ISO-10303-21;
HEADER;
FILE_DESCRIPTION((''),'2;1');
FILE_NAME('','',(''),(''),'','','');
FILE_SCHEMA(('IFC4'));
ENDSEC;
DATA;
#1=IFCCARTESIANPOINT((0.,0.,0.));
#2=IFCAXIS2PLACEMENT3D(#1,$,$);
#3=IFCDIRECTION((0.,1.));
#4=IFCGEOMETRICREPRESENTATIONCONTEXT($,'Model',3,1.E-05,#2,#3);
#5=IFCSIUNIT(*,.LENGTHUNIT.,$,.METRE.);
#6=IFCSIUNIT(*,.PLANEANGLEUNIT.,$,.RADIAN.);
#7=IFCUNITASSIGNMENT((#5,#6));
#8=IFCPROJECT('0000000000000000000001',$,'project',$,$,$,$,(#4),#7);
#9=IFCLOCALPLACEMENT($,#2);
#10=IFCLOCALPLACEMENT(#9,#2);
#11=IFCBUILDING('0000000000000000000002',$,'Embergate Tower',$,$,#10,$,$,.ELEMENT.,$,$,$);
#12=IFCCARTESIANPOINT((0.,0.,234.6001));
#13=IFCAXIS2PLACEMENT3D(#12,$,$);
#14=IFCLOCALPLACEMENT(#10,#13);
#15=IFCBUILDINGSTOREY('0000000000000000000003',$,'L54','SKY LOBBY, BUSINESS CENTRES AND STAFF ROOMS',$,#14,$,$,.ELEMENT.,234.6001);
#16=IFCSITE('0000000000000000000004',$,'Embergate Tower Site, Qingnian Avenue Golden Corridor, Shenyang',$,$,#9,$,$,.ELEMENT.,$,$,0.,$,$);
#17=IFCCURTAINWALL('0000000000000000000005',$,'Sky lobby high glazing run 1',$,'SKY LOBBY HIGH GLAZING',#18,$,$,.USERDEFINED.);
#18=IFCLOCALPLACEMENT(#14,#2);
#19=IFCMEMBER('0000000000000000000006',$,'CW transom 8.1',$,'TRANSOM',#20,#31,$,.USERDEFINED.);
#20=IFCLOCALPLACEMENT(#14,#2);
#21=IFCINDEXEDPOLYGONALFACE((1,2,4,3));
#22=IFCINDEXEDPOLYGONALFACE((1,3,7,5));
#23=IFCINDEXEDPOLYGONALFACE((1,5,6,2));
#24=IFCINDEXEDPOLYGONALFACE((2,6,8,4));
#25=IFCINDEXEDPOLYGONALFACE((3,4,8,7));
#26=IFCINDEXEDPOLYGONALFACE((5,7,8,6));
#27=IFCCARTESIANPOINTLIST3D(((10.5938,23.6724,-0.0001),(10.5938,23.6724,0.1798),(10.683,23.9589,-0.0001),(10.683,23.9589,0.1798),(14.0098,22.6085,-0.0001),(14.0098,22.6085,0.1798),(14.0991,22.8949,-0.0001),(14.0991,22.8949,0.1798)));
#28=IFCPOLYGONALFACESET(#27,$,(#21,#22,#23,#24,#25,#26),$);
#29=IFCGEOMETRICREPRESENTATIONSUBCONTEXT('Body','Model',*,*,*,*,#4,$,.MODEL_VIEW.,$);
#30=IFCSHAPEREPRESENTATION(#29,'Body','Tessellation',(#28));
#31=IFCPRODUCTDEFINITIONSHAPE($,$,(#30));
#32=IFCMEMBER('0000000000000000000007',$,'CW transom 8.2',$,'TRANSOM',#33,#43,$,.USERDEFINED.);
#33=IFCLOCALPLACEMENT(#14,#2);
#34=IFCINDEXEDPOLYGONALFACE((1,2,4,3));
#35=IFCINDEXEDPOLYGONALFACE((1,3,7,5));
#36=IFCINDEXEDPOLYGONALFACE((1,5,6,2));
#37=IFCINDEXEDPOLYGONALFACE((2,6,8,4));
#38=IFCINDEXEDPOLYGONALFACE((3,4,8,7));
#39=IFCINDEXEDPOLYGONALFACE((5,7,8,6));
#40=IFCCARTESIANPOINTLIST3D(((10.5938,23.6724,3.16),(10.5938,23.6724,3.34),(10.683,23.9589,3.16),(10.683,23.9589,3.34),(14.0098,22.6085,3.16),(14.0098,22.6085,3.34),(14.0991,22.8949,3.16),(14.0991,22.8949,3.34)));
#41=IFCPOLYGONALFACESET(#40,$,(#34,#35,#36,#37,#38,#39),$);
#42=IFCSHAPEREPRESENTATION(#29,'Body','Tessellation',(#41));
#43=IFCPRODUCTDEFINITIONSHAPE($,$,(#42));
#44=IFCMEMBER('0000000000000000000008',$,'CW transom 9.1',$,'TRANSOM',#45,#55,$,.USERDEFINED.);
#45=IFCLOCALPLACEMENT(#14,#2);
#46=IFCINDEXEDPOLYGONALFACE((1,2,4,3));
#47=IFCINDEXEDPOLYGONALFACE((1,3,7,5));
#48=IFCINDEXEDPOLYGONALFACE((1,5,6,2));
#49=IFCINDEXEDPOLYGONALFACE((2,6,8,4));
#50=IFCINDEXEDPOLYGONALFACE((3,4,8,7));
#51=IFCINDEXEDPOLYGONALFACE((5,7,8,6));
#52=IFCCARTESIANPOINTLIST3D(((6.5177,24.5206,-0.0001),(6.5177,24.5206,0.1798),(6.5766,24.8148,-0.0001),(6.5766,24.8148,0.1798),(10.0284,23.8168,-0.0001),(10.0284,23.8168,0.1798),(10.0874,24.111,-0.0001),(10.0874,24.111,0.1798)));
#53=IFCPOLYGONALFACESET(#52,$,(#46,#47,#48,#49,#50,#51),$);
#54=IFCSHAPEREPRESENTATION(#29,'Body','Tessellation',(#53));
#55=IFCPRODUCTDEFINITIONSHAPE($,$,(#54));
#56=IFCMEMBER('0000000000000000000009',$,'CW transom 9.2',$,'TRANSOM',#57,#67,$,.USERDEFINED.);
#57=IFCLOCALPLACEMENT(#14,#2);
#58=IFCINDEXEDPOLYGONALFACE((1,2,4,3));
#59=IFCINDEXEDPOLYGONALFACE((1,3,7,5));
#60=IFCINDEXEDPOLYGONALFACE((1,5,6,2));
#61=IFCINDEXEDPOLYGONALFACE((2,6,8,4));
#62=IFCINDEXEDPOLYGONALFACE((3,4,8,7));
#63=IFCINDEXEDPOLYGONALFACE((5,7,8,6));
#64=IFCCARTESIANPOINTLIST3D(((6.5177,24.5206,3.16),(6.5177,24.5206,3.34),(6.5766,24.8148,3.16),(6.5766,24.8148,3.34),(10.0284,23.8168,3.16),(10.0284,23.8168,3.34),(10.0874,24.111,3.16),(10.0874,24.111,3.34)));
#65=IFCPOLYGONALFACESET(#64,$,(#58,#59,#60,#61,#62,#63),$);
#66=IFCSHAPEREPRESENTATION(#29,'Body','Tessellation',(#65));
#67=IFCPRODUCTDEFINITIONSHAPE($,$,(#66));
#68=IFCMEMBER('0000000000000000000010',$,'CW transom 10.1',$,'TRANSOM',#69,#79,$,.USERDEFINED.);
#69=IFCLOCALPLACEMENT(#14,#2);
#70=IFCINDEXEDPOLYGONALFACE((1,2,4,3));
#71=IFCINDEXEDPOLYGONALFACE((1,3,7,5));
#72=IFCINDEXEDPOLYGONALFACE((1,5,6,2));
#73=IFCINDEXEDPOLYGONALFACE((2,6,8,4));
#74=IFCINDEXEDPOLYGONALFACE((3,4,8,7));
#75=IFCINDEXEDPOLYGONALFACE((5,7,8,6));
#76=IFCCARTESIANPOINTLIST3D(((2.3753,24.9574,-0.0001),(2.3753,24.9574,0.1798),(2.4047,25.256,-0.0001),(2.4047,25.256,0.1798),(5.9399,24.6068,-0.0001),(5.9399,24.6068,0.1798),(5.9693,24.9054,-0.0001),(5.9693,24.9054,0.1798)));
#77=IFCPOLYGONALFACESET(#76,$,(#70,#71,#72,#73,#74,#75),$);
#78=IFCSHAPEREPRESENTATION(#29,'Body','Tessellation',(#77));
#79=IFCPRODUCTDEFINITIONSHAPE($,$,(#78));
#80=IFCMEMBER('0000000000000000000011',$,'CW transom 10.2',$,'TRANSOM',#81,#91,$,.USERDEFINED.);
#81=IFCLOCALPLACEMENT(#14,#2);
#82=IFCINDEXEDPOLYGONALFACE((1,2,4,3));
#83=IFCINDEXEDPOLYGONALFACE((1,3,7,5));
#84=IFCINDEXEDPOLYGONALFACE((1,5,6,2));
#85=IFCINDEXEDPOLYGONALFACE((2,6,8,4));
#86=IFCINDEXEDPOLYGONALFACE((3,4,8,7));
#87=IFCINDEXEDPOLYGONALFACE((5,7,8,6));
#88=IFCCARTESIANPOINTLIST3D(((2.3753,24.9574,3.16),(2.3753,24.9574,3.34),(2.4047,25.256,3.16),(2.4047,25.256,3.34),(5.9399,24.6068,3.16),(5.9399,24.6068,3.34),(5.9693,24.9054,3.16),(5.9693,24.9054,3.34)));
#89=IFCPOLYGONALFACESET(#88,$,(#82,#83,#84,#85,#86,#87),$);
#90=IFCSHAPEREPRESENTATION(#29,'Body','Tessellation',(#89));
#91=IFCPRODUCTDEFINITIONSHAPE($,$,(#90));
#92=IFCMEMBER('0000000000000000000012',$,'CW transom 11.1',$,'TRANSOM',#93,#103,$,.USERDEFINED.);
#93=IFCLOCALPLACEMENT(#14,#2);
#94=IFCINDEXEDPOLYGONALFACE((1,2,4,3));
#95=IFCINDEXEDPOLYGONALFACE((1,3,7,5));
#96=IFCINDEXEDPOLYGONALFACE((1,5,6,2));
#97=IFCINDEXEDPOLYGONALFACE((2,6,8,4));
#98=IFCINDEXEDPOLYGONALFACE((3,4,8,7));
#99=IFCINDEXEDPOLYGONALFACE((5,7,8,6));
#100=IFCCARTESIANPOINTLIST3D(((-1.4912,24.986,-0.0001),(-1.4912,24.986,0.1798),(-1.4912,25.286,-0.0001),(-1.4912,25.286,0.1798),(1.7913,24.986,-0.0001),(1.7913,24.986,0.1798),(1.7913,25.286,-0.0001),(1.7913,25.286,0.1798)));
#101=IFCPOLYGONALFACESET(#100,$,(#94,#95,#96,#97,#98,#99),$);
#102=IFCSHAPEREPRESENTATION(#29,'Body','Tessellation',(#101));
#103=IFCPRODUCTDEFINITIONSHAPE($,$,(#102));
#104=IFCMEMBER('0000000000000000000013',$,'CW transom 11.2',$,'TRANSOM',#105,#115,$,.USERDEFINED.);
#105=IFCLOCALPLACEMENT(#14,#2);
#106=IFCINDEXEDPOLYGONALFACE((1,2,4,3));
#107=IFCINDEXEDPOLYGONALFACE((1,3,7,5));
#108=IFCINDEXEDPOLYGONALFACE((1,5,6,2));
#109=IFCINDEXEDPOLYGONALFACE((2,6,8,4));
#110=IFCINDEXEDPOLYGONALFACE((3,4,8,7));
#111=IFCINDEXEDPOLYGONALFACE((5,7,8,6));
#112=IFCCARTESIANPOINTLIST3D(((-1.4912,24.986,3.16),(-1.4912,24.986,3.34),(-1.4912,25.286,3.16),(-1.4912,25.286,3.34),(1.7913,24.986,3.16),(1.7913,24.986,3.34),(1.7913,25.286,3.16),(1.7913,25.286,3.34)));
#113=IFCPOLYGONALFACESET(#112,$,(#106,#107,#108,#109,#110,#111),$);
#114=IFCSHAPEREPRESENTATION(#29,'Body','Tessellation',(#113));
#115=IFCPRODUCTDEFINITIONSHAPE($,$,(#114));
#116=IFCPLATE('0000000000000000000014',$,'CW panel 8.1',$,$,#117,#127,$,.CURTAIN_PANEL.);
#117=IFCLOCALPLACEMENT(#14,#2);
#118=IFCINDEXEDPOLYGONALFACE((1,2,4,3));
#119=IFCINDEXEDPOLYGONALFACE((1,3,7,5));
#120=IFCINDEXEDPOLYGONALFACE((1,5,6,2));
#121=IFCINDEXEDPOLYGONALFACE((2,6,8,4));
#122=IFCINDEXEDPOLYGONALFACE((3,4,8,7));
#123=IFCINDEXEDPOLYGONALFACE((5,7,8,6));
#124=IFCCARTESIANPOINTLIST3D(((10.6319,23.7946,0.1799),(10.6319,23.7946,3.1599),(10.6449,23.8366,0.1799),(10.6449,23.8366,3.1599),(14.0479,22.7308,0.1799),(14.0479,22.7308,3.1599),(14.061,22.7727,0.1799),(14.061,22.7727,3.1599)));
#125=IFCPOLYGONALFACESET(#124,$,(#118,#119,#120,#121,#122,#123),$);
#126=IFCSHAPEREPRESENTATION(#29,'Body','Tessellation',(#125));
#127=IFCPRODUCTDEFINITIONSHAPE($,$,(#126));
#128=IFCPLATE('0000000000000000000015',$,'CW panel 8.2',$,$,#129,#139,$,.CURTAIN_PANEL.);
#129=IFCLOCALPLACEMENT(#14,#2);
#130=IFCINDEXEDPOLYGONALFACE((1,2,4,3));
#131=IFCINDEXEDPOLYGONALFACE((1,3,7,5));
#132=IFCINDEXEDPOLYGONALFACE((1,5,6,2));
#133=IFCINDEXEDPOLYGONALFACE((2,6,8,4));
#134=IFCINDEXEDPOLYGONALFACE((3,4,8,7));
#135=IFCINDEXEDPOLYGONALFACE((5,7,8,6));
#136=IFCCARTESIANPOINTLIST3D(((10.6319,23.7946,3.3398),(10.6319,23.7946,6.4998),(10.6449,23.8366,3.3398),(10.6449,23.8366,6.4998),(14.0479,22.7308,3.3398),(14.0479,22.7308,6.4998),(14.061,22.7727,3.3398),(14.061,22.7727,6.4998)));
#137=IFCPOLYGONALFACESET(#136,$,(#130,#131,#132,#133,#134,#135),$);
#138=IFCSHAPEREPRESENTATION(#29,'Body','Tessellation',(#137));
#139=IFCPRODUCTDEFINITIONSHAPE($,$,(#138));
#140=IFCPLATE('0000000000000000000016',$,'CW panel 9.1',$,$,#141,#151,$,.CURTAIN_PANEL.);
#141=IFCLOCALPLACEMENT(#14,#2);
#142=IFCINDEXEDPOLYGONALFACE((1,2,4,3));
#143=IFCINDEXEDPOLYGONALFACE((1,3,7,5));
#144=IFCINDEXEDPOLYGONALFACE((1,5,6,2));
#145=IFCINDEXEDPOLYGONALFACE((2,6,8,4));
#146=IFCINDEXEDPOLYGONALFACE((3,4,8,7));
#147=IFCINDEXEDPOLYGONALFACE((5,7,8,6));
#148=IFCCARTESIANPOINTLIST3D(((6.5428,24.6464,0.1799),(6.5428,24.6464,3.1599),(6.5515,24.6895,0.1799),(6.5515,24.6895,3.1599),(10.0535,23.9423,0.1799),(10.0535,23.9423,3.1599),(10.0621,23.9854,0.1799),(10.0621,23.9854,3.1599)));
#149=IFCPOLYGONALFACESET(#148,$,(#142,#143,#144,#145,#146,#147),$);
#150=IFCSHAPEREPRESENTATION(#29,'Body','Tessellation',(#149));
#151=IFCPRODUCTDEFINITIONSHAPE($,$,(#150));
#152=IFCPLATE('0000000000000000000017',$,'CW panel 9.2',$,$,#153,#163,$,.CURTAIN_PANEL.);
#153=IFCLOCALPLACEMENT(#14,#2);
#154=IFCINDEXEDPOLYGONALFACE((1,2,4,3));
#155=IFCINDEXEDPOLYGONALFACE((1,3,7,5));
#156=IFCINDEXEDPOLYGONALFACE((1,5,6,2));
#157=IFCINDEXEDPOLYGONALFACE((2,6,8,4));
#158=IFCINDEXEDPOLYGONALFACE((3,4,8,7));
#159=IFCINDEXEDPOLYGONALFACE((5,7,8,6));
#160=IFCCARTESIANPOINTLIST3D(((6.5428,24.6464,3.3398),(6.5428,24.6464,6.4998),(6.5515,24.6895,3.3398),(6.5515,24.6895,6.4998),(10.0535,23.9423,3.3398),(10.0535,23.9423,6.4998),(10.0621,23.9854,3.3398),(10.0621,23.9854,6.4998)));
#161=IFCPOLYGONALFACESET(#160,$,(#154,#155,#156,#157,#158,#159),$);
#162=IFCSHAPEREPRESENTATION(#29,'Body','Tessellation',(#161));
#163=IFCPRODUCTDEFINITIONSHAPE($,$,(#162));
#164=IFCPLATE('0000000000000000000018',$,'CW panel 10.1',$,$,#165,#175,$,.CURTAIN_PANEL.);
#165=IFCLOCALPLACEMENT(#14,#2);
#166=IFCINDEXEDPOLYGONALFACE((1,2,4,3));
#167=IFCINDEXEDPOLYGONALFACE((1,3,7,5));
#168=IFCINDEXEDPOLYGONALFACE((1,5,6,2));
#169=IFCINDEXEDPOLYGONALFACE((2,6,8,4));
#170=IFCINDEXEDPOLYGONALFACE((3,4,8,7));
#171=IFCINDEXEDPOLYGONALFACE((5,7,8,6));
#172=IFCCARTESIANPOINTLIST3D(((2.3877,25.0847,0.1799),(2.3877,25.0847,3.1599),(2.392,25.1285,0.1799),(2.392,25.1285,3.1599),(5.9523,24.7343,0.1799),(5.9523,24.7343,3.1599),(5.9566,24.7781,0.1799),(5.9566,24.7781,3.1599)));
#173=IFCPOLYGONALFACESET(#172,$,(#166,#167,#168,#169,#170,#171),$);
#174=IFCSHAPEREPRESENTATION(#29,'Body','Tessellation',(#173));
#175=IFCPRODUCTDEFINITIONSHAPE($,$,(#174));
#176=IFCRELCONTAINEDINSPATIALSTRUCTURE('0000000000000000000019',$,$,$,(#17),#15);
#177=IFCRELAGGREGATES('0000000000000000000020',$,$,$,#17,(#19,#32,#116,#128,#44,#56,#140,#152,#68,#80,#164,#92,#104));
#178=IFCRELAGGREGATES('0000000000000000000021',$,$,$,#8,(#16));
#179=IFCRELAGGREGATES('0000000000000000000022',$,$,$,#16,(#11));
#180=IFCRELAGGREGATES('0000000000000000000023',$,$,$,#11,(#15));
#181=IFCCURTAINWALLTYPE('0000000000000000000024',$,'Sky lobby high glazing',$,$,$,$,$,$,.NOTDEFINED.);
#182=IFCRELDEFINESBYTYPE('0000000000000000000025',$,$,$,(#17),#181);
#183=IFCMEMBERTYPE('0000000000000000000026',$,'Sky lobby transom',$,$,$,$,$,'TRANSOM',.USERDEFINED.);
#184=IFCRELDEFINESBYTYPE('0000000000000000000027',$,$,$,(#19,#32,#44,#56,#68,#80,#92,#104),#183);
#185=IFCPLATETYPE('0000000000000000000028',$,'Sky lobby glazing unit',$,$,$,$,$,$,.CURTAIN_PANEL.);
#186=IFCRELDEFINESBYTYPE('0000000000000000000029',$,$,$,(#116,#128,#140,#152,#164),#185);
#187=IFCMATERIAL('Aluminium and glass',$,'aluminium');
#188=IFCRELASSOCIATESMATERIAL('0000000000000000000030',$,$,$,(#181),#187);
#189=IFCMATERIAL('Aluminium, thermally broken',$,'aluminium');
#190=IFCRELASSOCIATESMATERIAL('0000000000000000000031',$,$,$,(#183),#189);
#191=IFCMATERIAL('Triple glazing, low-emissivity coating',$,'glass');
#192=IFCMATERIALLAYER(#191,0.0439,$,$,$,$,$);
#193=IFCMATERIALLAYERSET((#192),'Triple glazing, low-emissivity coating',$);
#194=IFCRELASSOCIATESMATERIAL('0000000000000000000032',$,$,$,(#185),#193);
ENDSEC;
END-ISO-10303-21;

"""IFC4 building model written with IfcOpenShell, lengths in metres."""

from ifc_helpers import new_model, si_unit, direction, frame, origin, origin_2d, place, context, subcontext, project, spatial, rectangle, extrude, source, transform, mapped, material, layer, layer_set, material_profile, profile_set, type_object, element, aggregate, save


model = new_model("IFC4")

# Units and contexts
model_context = context("Model", 3, precision=1e-05, world=origin(), true_north=direction((0.0, 1.0)))
body_context = subcontext(model_context, "Body", "Model", "MODEL_VIEW")
ifc_project = project(units=[si_unit("LENGTHUNIT", "METRE"), si_unit("PLANEANGLEUNIT", "RADIAN")], contexts=[model_context])

# Site, building, storey
site_placement = place(None, origin())
site = spatial("IfcSite", under=ifc_project, at=site_placement, Name="Embergate Tower Site, Qingnian Avenue Golden Corridor, Shenyang", CompositionType="ELEMENT", RefElevation=0.0)
building_placement = place(site_placement, origin())
building = spatial("IfcBuilding", under=site, at=building_placement, Name="Embergate Tower", CompositionType="ELEMENT")
storey_placement = place(building_placement, frame((0.0, 0.0, 234.6001)))
storey = spatial("IfcBuildingStorey", under=building, at=storey_placement, Name="L54", Description="SKY LOBBY, BUSINESS CENTRES AND STAFF ROOMS", CompositionType="ELEMENT", Elevation=234.6001)

# Curtain wall, members, plates
ifc_material_1 = material(Name="Aluminium and glass", Category="aluminium")
curtain_wall_type = type_object("IfcCurtainWallType", Name="Sky lobby high glazing", PredefinedType="NOTDEFINED", material=ifc_material_1)
curtain_wall_placement = place(storey_placement, origin())
curtain_wall = element("IfcCurtainWall", 1, at=curtain_wall_placement, inside=storey, type_object=curtain_wall_type, Name="Sky lobby high glazing run 1", ObjectType="SKY LOBBY HIGH GLAZING", PredefinedType="USERDEFINED")
ifc_material_2 = material(Name="Aluminium, thermally broken", Category="aluminium")
ifc_material_profile_1 = material_profile(ifc_material_2, rectangle(XDim=0.3, YDim=0.1799, at=origin_2d()), Name="AL 180x300")
ifc_profile_set_1 = profile_set([ifc_material_profile_1], Name="Aluminium, thermally broken")
member_type_1 = type_object("IfcMemberType", Name="Sky lobby transom", ElementType="TRANSOM", PredefinedType="USERDEFINED", material=ifc_profile_set_1)
shared_shape_1 = source(origin(), body_context, "Body", "SweptSolid", [
    extrude(rectangle(XDim=0.3, YDim=0.1799, at=origin_2d()), origin(), (0.0, 0.0, 1.0), 3.5779),
])
member_1_placement = place(storey_placement, frame((14.0544, 22.7517, 0.0898), z_axis=(-0.954761, 0.297373, 0.0), x_axis=(-0.297373, -0.954761, 0.0)))
member_1 = element("IfcMember", 2, at=member_1_placement, type_object=member_type_1, Name="CW transom 8.1", ObjectType="TRANSOM", PredefinedType="USERDEFINED", context=body_context, shape_type="MappedRepresentation", body=[
    mapped(shared_shape_1, transform((0.0, 0.0, 0.0))),
])
member_2_placement = place(storey_placement, frame((14.0544, 22.7517, 3.25), z_axis=(-0.954761, 0.297373, 0.0), x_axis=(-0.297373, -0.954761, 0.0)))
member_2 = element("IfcMember", 3, at=member_2_placement, type_object=member_type_1, Name="CW transom 8.2", ObjectType="TRANSOM", PredefinedType="USERDEFINED", context=body_context, shape_type="MappedRepresentation", body=[
    mapped(shared_shape_1, transform((0.0, 0.0, 0.0))),
])
shared_shape_2 = source(origin(), body_context, "Body", "SweptSolid", [
    extrude(rectangle(XDim=0.3, YDim=0.1799, at=origin_2d()), origin(), (0.0, 0.0, 1.0), 3.5806),
])
member_3_placement = place(storey_placement, frame((10.0579, 23.9639, 0.0898), z_axis=(-0.980489, 0.196575, 0.0), x_axis=(-0.196575, -0.980489, 0.0)))
member_3 = element("IfcMember", 4, at=member_3_placement, type_object=member_type_1, Name="CW transom 9.1", ObjectType="TRANSOM", PredefinedType="USERDEFINED", context=body_context, shape_type="MappedRepresentation", body=[
    mapped(shared_shape_2, transform((0.0, 0.0, 0.0))),
])
member_4_placement = place(storey_placement, frame((10.0579, 23.9639, 3.25), z_axis=(-0.980489, 0.196575, 0.0), x_axis=(-0.196575, -0.980489, 0.0)))
member_4 = element("IfcMember", 5, at=member_4_placement, type_object=member_type_1, Name="CW transom 9.2", ObjectType="TRANSOM", PredefinedType="USERDEFINED", context=body_context, shape_type="MappedRepresentation", body=[
    mapped(shared_shape_2, transform((0.0, 0.0, 0.0))),
])
shared_shape_3 = source(origin(), body_context, "Body", "SweptSolid", [
    extrude(rectangle(XDim=0.3, YDim=0.1799, at=origin_2d()), origin(), (0.0, 0.0, 1.0), 3.5818),
])
member_5_placement = place(storey_placement, frame((5.9546, 24.7561, 0.0898), z_axis=(-0.995198, 0.097877, 0.0), x_axis=(-0.097877, -0.995198, 0.0)))
member_5 = element("IfcMember", 6, at=member_5_placement, type_object=member_type_1, Name="CW transom 10.1", ObjectType="TRANSOM", PredefinedType="USERDEFINED", context=body_context, shape_type="MappedRepresentation", body=[
    mapped(shared_shape_3, transform((0.0, 0.0, 0.0))),
])
member_6_placement = place(storey_placement, frame((5.9546, 24.7561, 3.25), z_axis=(-0.995198, 0.097877, 0.0), x_axis=(-0.097877, -0.995198, 0.0)))
member_6 = element("IfcMember", 7, at=member_6_placement, type_object=member_type_1, Name="CW transom 10.2", ObjectType="TRANSOM", PredefinedType="USERDEFINED", context=body_context, shape_type="MappedRepresentation", body=[
    mapped(shared_shape_3, transform((0.0, 0.0, 0.0))),
])
shared_shape_4 = source(origin(), body_context, "Body", "SweptSolid", [
    extrude(rectangle(XDim=0.3, YDim=0.1799, at=origin_2d()), origin(), (0.0, 0.0, 1.0), 3.2825),
])
member_7_placement = place(storey_placement, frame((1.7913, 25.136, 0.0898), z_axis=(-1.0, 0.0, 0.0), x_axis=(0.0, -1.0, 0.0)))
member_7 = element("IfcMember", 8, at=member_7_placement, type_object=member_type_1, Name="CW transom 11.1", ObjectType="TRANSOM", PredefinedType="USERDEFINED", context=body_context, shape_type="MappedRepresentation", body=[
    mapped(shared_shape_4, transform((0.0, 0.0, 0.0))),
])
member_8_placement = place(storey_placement, frame((1.7913, 25.136, 3.25), z_axis=(-1.0, 0.0, 0.0), x_axis=(0.0, -1.0, 0.0)))
member_8 = element("IfcMember", 9, at=member_8_placement, type_object=member_type_1, Name="CW transom 11.2", ObjectType="TRANSOM", PredefinedType="USERDEFINED", context=body_context, shape_type="MappedRepresentation", body=[
    mapped(shared_shape_4, transform((0.0, 0.0, 0.0))),
])
ifc_material_3 = material(Name="Triple glazing, low-emissivity coating", Category="glass")
ifc_layer_1 = layer(ifc_material_3, 0.0439)
ifc_layer_set_1 = layer_set([ifc_layer_1], Name="Triple glazing, low-emissivity coating")
plate_type = type_object("IfcPlateType", Name="Sky lobby glazing unit", PredefinedType="CURTAIN_PANEL", material=ifc_layer_set_1)
shared_shape_5 = source(origin(), body_context, "Body", "SweptSolid", [
    extrude(rectangle(XDim=3.5779, YDim=0.0439, at=origin_2d()), origin(), (0.0, 0.0, 1.0), 2.98),
])
plate_1_placement = place(storey_placement, frame((12.3464, 23.2837, 0.1799), z_axis=(0.0, 0.0, 1.0), x_axis=(-0.954772, 0.29734, 0.0)))
plate_1 = element("IfcPlate", 10, at=plate_1_placement, type_object=plate_type, Name="CW panel 8.1", PredefinedType="CURTAIN_PANEL", context=body_context, shape_type="MappedRepresentation", body=[
    mapped(shared_shape_5, transform((0.0, 0.0, 0.0))),
])
shared_shape_6 = source(origin(), body_context, "Body", "SweptSolid", [
    extrude(rectangle(XDim=3.5779, YDim=0.0439, at=origin_2d()), origin(), (0.0, 0.0, 1.0), 3.1599),
])
plate_2_placement = place(storey_placement, frame((12.3464, 23.2837, 3.3398), z_axis=(0.0, 0.0, 1.0), x_axis=(-0.954772, 0.29734, 0.0)))
plate_2 = element("IfcPlate", 11, at=plate_2_placement, type_object=plate_type, Name="CW panel 8.2", PredefinedType="CURTAIN_PANEL", context=body_context, shape_type="MappedRepresentation", body=[
    mapped(shared_shape_6, transform((0.0, 0.0, 0.0))),
])
shared_shape_7 = source(origin(), body_context, "Body", "SweptSolid", [
    extrude(rectangle(XDim=3.5806, YDim=0.0439, at=origin_2d()), origin(), (0.0, 0.0, 1.0), 2.98),
])
plate_3_placement = place(storey_placement, frame((8.3025, 24.3159, 0.1799), z_axis=(0.0, 0.0, 1.0), x_axis=(-0.980476, 0.196639, 0.0)))
plate_3 = element("IfcPlate", 12, at=plate_3_placement, type_object=plate_type, Name="CW panel 9.1", PredefinedType="CURTAIN_PANEL", context=body_context, shape_type="MappedRepresentation", body=[
    mapped(shared_shape_7, transform((0.0, 0.0, 0.0))),
])
shared_shape_8 = source(origin(), body_context, "Body", "SweptSolid", [
    extrude(rectangle(XDim=3.5806, YDim=0.0439, at=origin_2d()), origin(), (0.0, 0.0, 1.0), 3.1599),
])
plate_4_placement = place(storey_placement, frame((8.3025, 24.3159, 3.3398), z_axis=(0.0, 0.0, 1.0), x_axis=(-0.980476, 0.196639, 0.0)))
plate_4 = element("IfcPlate", 13, at=plate_4_placement, type_object=plate_type, Name="CW panel 9.2", PredefinedType="CURTAIN_PANEL", context=body_context, shape_type="MappedRepresentation", body=[
    mapped(shared_shape_8, transform((0.0, 0.0, 0.0))),
])
shared_shape_9 = source(origin(), body_context, "Body", "SweptSolid", [
    extrude(rectangle(XDim=3.5818, YDim=0.0439, at=origin_2d()), origin(), (0.0, 0.0, 1.0), 2.98),
])
plate_5_placement = place(storey_placement, frame((4.1721, 24.9314, 0.1799), z_axis=(0.0, 0.0, 1.0), x_axis=(-0.995203, 0.09783, 0.0)))
plate_5 = element("IfcPlate", 14, at=plate_5_placement, type_object=plate_type, Name="CW panel 10.1", PredefinedType="CURTAIN_PANEL", context=body_context, shape_type="MappedRepresentation", body=[
    mapped(shared_shape_9, transform((0.0, 0.0, 0.0))),
])
aggregate(curtain_wall, [member_1, member_2, plate_1, plate_2, member_3, member_4, plate_3, plate_4, member_5, member_6, plate_5, member_7, member_8])

save(model, "model.ifc")
